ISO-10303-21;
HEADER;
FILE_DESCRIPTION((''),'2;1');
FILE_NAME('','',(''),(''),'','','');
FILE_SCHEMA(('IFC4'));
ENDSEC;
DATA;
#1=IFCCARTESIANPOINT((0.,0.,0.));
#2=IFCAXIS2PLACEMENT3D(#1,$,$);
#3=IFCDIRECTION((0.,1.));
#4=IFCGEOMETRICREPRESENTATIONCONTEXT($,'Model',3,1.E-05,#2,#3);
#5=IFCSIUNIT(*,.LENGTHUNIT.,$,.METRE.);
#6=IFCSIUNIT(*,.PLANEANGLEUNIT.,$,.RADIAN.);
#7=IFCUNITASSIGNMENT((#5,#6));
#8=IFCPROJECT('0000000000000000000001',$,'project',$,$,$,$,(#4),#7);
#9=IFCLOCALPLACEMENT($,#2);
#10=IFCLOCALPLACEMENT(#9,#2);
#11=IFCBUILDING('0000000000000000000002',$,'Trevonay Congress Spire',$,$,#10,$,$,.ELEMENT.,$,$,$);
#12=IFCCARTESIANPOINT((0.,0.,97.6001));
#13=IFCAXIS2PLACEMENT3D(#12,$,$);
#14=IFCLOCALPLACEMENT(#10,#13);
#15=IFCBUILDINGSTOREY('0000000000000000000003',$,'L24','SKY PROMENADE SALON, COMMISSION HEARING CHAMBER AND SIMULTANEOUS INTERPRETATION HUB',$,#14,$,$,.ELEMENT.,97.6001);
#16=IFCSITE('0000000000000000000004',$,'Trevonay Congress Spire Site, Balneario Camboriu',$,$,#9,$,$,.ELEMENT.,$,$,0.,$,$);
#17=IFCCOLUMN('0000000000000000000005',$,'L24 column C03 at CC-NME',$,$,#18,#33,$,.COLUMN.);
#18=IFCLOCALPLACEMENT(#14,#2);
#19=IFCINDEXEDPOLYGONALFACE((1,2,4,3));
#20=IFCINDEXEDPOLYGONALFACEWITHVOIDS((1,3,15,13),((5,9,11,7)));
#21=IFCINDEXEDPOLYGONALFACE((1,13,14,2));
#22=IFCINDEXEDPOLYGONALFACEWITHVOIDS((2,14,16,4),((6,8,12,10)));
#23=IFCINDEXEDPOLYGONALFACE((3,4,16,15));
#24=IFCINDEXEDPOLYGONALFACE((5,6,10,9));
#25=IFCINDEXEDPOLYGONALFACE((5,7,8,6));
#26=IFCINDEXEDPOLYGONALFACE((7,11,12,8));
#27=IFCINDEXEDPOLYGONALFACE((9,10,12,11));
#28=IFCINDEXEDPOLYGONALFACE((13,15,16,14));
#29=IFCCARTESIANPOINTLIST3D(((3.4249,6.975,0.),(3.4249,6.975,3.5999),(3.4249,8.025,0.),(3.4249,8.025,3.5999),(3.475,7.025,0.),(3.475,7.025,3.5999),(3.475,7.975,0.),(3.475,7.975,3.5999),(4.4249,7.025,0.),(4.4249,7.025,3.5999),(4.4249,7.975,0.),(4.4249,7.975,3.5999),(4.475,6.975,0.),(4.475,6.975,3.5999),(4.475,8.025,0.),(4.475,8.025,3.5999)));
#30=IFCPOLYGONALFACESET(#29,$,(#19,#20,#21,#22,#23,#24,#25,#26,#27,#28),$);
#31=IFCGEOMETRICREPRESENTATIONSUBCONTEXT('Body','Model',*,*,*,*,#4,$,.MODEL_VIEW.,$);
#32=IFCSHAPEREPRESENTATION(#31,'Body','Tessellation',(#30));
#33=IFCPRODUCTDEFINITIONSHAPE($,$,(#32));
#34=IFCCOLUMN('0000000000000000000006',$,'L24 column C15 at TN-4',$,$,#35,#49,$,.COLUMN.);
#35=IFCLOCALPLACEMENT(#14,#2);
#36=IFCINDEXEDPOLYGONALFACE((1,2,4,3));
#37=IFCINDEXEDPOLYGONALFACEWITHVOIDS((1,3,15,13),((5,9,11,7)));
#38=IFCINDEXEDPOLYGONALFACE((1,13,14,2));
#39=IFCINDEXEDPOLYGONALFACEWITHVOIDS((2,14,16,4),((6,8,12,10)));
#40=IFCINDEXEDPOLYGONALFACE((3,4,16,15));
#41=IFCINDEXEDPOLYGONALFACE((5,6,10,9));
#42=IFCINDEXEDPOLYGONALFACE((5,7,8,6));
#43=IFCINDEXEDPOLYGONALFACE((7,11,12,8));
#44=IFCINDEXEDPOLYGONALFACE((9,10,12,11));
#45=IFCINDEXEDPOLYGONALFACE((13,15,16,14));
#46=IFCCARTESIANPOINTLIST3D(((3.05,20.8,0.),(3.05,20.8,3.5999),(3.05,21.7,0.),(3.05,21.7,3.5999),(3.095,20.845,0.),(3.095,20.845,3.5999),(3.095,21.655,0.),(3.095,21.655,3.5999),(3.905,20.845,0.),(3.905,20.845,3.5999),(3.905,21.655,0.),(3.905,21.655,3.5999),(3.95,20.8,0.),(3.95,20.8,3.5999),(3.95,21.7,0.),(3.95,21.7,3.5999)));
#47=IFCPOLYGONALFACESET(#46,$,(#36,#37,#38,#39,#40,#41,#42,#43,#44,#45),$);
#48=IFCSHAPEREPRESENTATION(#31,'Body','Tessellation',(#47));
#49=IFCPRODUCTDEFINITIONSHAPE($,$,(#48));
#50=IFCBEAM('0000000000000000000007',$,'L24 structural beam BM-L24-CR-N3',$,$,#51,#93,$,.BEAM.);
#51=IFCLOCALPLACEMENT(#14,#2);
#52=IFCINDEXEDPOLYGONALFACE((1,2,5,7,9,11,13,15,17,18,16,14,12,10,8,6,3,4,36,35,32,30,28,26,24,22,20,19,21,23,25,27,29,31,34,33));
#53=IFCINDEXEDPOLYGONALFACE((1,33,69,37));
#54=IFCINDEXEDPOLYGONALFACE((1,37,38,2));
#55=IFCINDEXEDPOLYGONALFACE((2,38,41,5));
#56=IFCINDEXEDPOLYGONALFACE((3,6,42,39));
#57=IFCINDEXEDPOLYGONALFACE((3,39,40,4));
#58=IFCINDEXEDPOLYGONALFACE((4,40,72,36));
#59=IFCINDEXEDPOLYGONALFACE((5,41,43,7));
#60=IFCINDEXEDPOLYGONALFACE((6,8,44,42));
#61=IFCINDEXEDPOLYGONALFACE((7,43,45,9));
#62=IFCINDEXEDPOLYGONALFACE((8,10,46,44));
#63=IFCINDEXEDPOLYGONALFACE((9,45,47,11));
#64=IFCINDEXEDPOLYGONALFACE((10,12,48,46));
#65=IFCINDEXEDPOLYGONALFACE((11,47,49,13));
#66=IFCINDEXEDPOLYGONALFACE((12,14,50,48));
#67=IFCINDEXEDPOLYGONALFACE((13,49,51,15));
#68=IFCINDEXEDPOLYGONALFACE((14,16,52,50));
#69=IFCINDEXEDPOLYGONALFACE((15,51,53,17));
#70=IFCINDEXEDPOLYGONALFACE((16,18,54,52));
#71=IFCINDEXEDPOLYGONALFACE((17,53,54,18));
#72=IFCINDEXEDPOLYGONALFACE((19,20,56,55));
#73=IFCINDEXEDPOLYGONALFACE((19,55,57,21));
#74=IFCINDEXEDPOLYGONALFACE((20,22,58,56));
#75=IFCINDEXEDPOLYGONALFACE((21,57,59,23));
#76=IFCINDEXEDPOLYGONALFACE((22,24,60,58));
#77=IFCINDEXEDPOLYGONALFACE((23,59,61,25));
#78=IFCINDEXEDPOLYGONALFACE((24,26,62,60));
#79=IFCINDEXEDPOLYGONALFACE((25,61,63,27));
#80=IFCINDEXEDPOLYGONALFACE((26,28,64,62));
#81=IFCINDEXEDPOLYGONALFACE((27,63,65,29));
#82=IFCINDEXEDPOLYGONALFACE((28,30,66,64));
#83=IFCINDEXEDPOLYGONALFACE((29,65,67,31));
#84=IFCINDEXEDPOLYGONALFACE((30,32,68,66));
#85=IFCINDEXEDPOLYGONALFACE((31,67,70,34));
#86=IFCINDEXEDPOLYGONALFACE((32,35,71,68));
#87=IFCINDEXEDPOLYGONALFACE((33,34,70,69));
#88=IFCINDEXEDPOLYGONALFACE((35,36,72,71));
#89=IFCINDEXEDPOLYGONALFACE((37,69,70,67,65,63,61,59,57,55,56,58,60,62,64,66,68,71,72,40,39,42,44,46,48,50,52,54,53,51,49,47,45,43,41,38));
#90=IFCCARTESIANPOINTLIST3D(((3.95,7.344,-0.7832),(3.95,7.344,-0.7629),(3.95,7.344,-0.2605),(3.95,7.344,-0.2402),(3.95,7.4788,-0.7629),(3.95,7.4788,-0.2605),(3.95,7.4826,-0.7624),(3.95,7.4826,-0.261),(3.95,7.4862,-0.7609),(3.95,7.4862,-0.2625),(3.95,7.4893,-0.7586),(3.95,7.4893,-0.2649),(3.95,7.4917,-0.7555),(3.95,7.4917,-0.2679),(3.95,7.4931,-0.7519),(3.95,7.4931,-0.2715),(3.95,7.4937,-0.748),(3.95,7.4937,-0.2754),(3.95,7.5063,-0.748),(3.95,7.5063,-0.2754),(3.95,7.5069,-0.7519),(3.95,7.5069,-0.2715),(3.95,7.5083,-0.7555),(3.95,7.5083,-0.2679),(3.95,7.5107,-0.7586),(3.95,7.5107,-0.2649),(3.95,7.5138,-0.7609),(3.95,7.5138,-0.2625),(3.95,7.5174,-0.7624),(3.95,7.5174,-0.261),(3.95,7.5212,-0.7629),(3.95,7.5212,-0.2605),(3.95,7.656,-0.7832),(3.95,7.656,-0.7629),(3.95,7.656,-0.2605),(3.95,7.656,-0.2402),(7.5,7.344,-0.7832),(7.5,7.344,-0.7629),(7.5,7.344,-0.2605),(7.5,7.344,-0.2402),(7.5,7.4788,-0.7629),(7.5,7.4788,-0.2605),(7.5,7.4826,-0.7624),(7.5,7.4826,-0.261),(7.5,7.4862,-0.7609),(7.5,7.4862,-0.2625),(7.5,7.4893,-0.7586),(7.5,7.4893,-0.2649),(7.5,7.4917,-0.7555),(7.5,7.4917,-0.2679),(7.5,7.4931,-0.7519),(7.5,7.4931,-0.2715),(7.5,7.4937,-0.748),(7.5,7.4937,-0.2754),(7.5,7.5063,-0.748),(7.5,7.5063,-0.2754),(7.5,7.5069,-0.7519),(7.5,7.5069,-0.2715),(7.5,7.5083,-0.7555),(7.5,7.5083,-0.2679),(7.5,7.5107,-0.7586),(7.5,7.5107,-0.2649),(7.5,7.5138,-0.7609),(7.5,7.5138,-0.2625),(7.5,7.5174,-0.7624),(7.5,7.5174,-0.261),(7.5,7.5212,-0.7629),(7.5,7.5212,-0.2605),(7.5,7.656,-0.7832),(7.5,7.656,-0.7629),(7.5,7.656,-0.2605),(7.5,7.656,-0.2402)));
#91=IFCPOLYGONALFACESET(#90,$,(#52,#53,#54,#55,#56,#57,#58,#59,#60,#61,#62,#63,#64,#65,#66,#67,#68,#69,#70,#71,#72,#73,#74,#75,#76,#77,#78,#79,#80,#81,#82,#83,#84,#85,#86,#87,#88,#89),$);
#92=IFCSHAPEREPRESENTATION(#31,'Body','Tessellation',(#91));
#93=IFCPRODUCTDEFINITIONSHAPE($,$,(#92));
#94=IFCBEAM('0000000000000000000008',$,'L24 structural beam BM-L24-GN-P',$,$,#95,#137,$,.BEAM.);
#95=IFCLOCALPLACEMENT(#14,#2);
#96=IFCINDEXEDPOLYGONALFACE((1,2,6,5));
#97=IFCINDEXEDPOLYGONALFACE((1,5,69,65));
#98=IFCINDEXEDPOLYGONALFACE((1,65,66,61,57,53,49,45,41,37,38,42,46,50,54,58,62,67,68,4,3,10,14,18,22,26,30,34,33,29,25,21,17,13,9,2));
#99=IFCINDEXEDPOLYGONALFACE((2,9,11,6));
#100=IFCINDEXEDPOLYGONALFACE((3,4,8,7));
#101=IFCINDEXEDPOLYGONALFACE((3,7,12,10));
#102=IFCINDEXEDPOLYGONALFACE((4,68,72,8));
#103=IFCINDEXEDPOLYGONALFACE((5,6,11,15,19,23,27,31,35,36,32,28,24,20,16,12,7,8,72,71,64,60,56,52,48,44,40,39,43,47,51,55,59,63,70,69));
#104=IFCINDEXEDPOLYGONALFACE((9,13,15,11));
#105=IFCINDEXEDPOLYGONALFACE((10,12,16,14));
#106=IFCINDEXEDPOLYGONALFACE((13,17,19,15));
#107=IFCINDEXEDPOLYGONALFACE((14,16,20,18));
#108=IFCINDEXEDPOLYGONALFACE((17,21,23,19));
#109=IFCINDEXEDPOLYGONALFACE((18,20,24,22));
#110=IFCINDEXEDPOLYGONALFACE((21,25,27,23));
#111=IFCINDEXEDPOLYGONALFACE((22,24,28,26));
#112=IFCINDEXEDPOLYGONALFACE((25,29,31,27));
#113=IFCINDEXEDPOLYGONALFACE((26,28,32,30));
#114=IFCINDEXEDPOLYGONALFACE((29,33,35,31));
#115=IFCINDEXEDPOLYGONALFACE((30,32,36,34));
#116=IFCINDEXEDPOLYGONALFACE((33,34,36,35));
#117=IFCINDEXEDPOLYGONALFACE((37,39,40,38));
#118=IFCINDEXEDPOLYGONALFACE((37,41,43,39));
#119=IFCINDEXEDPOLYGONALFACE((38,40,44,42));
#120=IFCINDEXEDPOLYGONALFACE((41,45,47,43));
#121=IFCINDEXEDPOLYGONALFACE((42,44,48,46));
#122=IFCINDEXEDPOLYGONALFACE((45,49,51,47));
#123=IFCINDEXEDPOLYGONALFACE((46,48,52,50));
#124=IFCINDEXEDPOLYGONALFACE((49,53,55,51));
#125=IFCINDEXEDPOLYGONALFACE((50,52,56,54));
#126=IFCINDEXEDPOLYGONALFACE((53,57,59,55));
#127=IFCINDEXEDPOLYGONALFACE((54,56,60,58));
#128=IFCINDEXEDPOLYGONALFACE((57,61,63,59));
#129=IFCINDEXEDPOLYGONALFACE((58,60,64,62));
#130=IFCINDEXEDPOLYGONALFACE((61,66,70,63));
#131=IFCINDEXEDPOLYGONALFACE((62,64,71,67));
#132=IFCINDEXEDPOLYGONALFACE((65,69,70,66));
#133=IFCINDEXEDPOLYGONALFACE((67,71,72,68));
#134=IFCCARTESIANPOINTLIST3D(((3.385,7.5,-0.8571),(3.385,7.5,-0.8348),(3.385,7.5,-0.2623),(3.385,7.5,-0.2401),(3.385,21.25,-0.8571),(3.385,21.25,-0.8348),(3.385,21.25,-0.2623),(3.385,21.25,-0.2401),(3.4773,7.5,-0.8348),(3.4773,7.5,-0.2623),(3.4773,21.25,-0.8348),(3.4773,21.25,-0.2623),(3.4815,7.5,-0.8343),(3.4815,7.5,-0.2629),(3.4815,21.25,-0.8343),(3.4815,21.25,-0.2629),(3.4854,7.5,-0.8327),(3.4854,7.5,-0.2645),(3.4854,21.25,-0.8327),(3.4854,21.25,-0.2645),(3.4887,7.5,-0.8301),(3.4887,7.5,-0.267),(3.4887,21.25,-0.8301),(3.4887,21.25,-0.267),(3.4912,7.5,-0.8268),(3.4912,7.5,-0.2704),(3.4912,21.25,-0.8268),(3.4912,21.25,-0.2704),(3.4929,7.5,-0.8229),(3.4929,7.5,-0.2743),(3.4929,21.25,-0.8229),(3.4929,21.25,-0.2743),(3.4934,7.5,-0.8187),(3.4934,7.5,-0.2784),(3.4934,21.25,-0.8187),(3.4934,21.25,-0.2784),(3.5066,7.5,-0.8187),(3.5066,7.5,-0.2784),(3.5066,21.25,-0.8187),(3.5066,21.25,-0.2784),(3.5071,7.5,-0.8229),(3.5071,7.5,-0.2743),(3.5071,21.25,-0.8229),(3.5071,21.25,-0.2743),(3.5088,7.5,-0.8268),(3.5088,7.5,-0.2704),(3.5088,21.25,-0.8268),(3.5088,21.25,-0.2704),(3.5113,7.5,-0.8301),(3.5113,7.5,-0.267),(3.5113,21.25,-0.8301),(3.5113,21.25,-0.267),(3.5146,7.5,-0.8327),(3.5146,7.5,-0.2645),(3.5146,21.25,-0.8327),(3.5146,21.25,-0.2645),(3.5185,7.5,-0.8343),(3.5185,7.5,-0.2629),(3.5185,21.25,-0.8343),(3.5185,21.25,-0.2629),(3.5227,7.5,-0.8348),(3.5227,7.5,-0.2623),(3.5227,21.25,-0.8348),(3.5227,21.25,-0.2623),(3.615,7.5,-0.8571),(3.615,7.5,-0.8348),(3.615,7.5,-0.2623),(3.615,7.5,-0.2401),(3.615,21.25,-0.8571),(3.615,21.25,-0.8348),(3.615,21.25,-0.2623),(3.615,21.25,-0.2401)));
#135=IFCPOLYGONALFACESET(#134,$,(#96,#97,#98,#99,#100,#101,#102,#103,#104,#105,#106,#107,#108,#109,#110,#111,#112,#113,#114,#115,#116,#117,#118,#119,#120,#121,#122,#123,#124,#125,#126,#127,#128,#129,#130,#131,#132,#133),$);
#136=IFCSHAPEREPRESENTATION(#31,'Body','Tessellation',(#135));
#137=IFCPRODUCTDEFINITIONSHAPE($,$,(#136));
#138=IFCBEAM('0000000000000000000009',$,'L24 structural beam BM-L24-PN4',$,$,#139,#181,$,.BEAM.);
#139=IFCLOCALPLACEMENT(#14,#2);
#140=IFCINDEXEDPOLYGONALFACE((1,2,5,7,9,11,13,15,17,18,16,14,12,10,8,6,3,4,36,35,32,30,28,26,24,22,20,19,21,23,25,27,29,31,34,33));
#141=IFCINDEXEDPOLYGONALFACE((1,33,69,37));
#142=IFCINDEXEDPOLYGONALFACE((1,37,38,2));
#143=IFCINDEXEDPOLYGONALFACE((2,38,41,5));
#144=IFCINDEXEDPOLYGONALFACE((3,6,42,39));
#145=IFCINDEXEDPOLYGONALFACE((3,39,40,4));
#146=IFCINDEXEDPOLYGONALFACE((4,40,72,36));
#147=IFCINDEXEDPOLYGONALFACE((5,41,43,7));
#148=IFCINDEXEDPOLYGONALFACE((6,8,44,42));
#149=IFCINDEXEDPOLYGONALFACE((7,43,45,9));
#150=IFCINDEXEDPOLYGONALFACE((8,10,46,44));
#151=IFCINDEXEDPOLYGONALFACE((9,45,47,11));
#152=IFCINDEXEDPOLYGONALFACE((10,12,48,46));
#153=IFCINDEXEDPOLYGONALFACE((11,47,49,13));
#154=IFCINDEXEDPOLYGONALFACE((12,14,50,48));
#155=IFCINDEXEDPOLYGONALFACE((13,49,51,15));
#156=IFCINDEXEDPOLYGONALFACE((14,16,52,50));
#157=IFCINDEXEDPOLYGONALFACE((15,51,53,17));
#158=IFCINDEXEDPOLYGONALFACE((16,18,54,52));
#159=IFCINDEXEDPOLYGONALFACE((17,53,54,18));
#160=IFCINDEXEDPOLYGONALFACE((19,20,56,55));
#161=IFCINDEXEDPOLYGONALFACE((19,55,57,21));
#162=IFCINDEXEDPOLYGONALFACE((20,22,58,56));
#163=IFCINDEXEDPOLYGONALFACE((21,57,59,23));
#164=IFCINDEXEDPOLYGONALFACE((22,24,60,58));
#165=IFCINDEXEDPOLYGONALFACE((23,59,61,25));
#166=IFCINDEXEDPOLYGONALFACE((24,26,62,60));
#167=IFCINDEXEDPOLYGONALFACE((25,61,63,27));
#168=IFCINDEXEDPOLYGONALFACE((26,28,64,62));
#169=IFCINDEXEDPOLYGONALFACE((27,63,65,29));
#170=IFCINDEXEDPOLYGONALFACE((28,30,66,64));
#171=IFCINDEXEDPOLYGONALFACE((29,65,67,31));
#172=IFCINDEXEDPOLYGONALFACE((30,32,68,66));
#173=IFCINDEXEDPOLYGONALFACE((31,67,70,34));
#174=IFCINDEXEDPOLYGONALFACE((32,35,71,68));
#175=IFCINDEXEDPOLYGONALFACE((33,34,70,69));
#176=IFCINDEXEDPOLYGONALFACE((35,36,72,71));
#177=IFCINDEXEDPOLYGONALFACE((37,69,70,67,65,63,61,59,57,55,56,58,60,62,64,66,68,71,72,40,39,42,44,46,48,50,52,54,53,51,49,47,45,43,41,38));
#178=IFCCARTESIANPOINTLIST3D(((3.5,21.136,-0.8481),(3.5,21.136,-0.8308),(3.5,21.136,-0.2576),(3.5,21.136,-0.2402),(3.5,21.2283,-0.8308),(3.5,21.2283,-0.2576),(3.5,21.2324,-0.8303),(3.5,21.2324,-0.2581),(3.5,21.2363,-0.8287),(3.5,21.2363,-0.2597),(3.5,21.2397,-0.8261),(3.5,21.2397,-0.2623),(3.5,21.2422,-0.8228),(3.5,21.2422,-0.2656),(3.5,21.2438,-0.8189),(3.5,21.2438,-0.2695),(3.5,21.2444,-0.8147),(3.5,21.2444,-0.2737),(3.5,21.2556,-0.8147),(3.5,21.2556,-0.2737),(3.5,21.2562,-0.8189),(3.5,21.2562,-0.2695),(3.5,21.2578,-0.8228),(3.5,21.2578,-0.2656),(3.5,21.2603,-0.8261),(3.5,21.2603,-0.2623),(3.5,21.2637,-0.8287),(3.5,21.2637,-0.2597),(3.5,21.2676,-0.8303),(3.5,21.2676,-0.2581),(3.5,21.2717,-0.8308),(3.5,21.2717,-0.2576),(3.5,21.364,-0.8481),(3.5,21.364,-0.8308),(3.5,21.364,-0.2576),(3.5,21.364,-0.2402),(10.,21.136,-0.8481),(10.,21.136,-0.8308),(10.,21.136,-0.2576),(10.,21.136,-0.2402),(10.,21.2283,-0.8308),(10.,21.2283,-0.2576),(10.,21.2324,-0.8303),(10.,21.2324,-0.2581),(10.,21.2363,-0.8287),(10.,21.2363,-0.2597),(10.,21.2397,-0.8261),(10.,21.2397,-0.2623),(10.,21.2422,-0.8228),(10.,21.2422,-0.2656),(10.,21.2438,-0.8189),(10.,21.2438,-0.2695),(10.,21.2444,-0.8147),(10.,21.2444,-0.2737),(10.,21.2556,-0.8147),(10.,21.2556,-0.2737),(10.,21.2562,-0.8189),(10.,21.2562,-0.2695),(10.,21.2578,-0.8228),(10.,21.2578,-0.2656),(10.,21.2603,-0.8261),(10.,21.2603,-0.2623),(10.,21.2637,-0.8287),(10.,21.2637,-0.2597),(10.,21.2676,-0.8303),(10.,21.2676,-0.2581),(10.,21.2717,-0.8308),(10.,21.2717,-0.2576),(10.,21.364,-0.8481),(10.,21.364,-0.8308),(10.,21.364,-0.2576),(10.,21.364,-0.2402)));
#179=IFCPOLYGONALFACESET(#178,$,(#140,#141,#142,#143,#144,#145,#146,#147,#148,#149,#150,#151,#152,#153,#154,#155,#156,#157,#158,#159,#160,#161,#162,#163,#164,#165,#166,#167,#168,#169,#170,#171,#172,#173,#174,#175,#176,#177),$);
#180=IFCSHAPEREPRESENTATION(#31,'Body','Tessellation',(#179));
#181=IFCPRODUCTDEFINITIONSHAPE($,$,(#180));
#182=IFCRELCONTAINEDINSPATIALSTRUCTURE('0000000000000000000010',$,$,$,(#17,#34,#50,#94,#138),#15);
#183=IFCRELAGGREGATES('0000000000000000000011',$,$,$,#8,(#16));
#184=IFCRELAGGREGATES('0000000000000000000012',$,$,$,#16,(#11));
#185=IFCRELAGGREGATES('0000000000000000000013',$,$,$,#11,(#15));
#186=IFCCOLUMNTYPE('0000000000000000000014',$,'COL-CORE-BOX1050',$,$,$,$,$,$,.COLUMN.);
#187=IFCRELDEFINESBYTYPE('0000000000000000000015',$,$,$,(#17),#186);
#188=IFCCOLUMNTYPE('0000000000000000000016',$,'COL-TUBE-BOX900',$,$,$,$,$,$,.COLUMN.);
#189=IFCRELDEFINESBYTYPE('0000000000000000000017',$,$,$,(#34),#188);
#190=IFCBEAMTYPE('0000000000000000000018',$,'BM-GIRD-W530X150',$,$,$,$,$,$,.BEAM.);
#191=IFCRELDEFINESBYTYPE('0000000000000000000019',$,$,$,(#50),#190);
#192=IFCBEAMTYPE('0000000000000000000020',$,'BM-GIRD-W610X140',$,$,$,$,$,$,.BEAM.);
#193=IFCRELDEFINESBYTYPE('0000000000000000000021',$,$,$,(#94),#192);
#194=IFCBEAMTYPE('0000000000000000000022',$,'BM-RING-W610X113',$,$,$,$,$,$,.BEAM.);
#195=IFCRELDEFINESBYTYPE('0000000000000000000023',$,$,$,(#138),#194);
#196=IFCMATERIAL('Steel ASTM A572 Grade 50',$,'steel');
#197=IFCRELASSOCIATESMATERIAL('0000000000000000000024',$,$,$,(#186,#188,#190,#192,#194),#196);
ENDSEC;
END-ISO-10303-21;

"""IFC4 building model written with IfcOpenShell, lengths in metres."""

from ifc_helpers import new_model, si_unit, direction, frame, origin, origin_2d, place, context, subcontext, project, spatial, hollow_rectangle, i_section, extrude, material, material_profile, profile_set, type_object, element, save


model = new_model("IFC4")

# Units and contexts
model_context = context("Model", 3, precision=1e-05, world=origin(), true_north=direction((0.0, 1.0)))
body_context = subcontext(model_context, "Body", "Model", "MODEL_VIEW")
ifc_project = project(units=[si_unit("LENGTHUNIT", "METRE"), si_unit("PLANEANGLEUNIT", "RADIAN")], contexts=[model_context])

# Site, building, storey
site_placement = place(None, origin())
site = spatial("IfcSite", under=ifc_project, at=site_placement, Name="Trevonay Congress Spire Site, Balneario Camboriu", CompositionType="ELEMENT", RefElevation=0.0)
building_placement = place(site_placement, origin())
building = spatial("IfcBuilding", under=site, at=building_placement, Name="Trevonay Congress Spire", CompositionType="ELEMENT")
storey_placement = place(building_placement, frame((0.0, 0.0, 97.6001)))
storey = spatial("IfcBuildingStorey", under=building, at=storey_placement, Name="L24", Description="SKY PROMENADE SALON, COMMISSION HEARING CHAMBER AND SIMULTANEOUS INTERPRETATION HUB", CompositionType="ELEMENT", Elevation=97.6001)

# Columns
ifc_material_1 = material(Name="Steel ASTM A572 Grade 50", Category="steel")
ifc_material_profile_1 = material_profile(ifc_material_1, hollow_rectangle(XDim=1.05, YDim=1.05, WallThickness=0.05, at=origin_2d()), Name="BOX 1050x1050x50")
ifc_profile_set_1 = profile_set([ifc_material_profile_1], Name="Steel ASTM A572 Grade 50")
column_type_1 = type_object("IfcColumnType", Name="COL-CORE-BOX1050", PredefinedType="COLUMN", material=ifc_profile_set_1)
column_1_placement = place(storey_placement, frame((3.95, 7.5, 0.0), z_axis=(0.0, 0.0, 1.0), x_axis=(1.0, 0.0, 0.0)))
element("IfcColumn", 1, at=column_1_placement, inside=storey, type_object=column_type_1, Name="L24 column C03 at CC-NME", PredefinedType="COLUMN", context=body_context, shape_type="SweptSolid", body=[
    extrude(hollow_rectangle(XDim=1.05, YDim=1.05, WallThickness=0.05, at=origin_2d()), origin(), (0.0, 0.0, 1.0), 3.5999),
])
ifc_material_profile_2 = material_profile(ifc_material_1, hollow_rectangle(XDim=0.8999, YDim=0.8999, WallThickness=0.0449, at=origin_2d()), Name="BOX 900x900x45")
ifc_profile_set_2 = profile_set([ifc_material_profile_2], Name="Steel ASTM A572 Grade 50")
column_type_2 = type_object("IfcColumnType", Name="COL-TUBE-BOX900", PredefinedType="COLUMN", material=ifc_profile_set_2)
column_2_placement = place(storey_placement, frame((3.5, 21.25, 0.0), z_axis=(0.0, 0.0, 1.0), x_axis=(1.0, 0.0, 0.0)))
element("IfcColumn", 2, at=column_2_placement, inside=storey, type_object=column_type_2, Name="L24 column C15 at TN-4", PredefinedType="COLUMN", context=body_context, shape_type="SweptSolid", body=[
    extrude(hollow_rectangle(XDim=0.8999, YDim=0.8999, WallThickness=0.0449, at=origin_2d()), origin(), (0.0, 0.0, 1.0), 3.5999),
])

# Beams
ifc_material_profile_3 = material_profile(ifc_material_1, i_section(OverallWidth=0.312, OverallDepth=0.543, WebThickness=0.0127, FlangeThickness=0.0203, FilletRadius=0.0149, at=origin_2d()), Name="W530x150")
ifc_profile_set_3 = profile_set([ifc_material_profile_3], Name="Steel ASTM A572 Grade 50")
beam_type_1 = type_object("IfcBeamType", Name="BM-GIRD-W530X150", PredefinedType="BEAM", material=ifc_profile_set_3)
beam_1_placement = place(storey_placement, frame((3.95, 7.5, -0.5117), z_axis=(1.0, 0.0, 0.0), x_axis=(0.0, 1.0, 0.0)))
element("IfcBeam", 3, at=beam_1_placement, inside=storey, type_object=beam_type_1, Name="L24 structural beam BM-L24-CR-N3", PredefinedType="BEAM", context=body_context, shape_type="SweptSolid", body=[
    extrude(i_section(OverallWidth=0.312, OverallDepth=0.543, WebThickness=0.0127, FlangeThickness=0.0203, FilletRadius=0.0149, at=origin_2d()), origin(), (0.0, 0.0, 1.0), 3.55),
])
ifc_material_profile_4 = material_profile(ifc_material_1, i_section(OverallWidth=0.23, OverallDepth=0.6169, WebThickness=0.0132, FlangeThickness=0.0222, FilletRadius=0.0161, at=origin_2d()), Name="W610x140")
ifc_profile_set_4 = profile_set([ifc_material_profile_4], Name="Steel ASTM A572 Grade 50")
beam_type_2 = type_object("IfcBeamType", Name="BM-GIRD-W610X140", PredefinedType="BEAM", material=ifc_profile_set_4)
beam_2_placement = place(storey_placement, frame((3.5, 7.5, -0.5486), z_axis=(0.0, 1.0, 0.0), x_axis=(-1.0, 0.0, 0.0)))
element("IfcBeam", 4, at=beam_2_placement, inside=storey, type_object=beam_type_2, Name="L24 structural beam BM-L24-GN-P", PredefinedType="BEAM", context=body_context, shape_type="SweptSolid", body=[
    extrude(i_section(OverallWidth=0.23, OverallDepth=0.6169, WebThickness=0.0132, FlangeThickness=0.0222, FilletRadius=0.0161, at=origin_2d()), origin(), (0.0, 0.0, 1.0), 13.75),
])
ifc_material_profile_5 = material_profile(ifc_material_1, i_section(OverallWidth=0.228, OverallDepth=0.6079, WebThickness=0.0112, FlangeThickness=0.0173, FilletRadius=0.0161, at=origin_2d()), Name="W610x113")
ifc_profile_set_5 = profile_set([ifc_material_profile_5], Name="Steel ASTM A572 Grade 50")
beam_type_3 = type_object("IfcBeamType", Name="BM-RING-W610X113", PredefinedType="BEAM", material=ifc_profile_set_5)
beam_3_placement = place(storey_placement, frame((3.5, 21.25, -0.5442), z_axis=(1.0, 0.0, 0.0), x_axis=(0.0, 1.0, 0.0)))
element("IfcBeam", 5, at=beam_3_placement, inside=storey, type_object=beam_type_3, Name="L24 structural beam BM-L24-PN4", PredefinedType="BEAM", context=body_context, shape_type="SweptSolid", body=[
    extrude(i_section(OverallWidth=0.228, OverallDepth=0.6079, WebThickness=0.0112, FlangeThickness=0.0173, FilletRadius=0.0161, at=origin_2d()), origin(), (0.0, 0.0, 1.0), 6.5),
])

save(model, "model.ifc")
